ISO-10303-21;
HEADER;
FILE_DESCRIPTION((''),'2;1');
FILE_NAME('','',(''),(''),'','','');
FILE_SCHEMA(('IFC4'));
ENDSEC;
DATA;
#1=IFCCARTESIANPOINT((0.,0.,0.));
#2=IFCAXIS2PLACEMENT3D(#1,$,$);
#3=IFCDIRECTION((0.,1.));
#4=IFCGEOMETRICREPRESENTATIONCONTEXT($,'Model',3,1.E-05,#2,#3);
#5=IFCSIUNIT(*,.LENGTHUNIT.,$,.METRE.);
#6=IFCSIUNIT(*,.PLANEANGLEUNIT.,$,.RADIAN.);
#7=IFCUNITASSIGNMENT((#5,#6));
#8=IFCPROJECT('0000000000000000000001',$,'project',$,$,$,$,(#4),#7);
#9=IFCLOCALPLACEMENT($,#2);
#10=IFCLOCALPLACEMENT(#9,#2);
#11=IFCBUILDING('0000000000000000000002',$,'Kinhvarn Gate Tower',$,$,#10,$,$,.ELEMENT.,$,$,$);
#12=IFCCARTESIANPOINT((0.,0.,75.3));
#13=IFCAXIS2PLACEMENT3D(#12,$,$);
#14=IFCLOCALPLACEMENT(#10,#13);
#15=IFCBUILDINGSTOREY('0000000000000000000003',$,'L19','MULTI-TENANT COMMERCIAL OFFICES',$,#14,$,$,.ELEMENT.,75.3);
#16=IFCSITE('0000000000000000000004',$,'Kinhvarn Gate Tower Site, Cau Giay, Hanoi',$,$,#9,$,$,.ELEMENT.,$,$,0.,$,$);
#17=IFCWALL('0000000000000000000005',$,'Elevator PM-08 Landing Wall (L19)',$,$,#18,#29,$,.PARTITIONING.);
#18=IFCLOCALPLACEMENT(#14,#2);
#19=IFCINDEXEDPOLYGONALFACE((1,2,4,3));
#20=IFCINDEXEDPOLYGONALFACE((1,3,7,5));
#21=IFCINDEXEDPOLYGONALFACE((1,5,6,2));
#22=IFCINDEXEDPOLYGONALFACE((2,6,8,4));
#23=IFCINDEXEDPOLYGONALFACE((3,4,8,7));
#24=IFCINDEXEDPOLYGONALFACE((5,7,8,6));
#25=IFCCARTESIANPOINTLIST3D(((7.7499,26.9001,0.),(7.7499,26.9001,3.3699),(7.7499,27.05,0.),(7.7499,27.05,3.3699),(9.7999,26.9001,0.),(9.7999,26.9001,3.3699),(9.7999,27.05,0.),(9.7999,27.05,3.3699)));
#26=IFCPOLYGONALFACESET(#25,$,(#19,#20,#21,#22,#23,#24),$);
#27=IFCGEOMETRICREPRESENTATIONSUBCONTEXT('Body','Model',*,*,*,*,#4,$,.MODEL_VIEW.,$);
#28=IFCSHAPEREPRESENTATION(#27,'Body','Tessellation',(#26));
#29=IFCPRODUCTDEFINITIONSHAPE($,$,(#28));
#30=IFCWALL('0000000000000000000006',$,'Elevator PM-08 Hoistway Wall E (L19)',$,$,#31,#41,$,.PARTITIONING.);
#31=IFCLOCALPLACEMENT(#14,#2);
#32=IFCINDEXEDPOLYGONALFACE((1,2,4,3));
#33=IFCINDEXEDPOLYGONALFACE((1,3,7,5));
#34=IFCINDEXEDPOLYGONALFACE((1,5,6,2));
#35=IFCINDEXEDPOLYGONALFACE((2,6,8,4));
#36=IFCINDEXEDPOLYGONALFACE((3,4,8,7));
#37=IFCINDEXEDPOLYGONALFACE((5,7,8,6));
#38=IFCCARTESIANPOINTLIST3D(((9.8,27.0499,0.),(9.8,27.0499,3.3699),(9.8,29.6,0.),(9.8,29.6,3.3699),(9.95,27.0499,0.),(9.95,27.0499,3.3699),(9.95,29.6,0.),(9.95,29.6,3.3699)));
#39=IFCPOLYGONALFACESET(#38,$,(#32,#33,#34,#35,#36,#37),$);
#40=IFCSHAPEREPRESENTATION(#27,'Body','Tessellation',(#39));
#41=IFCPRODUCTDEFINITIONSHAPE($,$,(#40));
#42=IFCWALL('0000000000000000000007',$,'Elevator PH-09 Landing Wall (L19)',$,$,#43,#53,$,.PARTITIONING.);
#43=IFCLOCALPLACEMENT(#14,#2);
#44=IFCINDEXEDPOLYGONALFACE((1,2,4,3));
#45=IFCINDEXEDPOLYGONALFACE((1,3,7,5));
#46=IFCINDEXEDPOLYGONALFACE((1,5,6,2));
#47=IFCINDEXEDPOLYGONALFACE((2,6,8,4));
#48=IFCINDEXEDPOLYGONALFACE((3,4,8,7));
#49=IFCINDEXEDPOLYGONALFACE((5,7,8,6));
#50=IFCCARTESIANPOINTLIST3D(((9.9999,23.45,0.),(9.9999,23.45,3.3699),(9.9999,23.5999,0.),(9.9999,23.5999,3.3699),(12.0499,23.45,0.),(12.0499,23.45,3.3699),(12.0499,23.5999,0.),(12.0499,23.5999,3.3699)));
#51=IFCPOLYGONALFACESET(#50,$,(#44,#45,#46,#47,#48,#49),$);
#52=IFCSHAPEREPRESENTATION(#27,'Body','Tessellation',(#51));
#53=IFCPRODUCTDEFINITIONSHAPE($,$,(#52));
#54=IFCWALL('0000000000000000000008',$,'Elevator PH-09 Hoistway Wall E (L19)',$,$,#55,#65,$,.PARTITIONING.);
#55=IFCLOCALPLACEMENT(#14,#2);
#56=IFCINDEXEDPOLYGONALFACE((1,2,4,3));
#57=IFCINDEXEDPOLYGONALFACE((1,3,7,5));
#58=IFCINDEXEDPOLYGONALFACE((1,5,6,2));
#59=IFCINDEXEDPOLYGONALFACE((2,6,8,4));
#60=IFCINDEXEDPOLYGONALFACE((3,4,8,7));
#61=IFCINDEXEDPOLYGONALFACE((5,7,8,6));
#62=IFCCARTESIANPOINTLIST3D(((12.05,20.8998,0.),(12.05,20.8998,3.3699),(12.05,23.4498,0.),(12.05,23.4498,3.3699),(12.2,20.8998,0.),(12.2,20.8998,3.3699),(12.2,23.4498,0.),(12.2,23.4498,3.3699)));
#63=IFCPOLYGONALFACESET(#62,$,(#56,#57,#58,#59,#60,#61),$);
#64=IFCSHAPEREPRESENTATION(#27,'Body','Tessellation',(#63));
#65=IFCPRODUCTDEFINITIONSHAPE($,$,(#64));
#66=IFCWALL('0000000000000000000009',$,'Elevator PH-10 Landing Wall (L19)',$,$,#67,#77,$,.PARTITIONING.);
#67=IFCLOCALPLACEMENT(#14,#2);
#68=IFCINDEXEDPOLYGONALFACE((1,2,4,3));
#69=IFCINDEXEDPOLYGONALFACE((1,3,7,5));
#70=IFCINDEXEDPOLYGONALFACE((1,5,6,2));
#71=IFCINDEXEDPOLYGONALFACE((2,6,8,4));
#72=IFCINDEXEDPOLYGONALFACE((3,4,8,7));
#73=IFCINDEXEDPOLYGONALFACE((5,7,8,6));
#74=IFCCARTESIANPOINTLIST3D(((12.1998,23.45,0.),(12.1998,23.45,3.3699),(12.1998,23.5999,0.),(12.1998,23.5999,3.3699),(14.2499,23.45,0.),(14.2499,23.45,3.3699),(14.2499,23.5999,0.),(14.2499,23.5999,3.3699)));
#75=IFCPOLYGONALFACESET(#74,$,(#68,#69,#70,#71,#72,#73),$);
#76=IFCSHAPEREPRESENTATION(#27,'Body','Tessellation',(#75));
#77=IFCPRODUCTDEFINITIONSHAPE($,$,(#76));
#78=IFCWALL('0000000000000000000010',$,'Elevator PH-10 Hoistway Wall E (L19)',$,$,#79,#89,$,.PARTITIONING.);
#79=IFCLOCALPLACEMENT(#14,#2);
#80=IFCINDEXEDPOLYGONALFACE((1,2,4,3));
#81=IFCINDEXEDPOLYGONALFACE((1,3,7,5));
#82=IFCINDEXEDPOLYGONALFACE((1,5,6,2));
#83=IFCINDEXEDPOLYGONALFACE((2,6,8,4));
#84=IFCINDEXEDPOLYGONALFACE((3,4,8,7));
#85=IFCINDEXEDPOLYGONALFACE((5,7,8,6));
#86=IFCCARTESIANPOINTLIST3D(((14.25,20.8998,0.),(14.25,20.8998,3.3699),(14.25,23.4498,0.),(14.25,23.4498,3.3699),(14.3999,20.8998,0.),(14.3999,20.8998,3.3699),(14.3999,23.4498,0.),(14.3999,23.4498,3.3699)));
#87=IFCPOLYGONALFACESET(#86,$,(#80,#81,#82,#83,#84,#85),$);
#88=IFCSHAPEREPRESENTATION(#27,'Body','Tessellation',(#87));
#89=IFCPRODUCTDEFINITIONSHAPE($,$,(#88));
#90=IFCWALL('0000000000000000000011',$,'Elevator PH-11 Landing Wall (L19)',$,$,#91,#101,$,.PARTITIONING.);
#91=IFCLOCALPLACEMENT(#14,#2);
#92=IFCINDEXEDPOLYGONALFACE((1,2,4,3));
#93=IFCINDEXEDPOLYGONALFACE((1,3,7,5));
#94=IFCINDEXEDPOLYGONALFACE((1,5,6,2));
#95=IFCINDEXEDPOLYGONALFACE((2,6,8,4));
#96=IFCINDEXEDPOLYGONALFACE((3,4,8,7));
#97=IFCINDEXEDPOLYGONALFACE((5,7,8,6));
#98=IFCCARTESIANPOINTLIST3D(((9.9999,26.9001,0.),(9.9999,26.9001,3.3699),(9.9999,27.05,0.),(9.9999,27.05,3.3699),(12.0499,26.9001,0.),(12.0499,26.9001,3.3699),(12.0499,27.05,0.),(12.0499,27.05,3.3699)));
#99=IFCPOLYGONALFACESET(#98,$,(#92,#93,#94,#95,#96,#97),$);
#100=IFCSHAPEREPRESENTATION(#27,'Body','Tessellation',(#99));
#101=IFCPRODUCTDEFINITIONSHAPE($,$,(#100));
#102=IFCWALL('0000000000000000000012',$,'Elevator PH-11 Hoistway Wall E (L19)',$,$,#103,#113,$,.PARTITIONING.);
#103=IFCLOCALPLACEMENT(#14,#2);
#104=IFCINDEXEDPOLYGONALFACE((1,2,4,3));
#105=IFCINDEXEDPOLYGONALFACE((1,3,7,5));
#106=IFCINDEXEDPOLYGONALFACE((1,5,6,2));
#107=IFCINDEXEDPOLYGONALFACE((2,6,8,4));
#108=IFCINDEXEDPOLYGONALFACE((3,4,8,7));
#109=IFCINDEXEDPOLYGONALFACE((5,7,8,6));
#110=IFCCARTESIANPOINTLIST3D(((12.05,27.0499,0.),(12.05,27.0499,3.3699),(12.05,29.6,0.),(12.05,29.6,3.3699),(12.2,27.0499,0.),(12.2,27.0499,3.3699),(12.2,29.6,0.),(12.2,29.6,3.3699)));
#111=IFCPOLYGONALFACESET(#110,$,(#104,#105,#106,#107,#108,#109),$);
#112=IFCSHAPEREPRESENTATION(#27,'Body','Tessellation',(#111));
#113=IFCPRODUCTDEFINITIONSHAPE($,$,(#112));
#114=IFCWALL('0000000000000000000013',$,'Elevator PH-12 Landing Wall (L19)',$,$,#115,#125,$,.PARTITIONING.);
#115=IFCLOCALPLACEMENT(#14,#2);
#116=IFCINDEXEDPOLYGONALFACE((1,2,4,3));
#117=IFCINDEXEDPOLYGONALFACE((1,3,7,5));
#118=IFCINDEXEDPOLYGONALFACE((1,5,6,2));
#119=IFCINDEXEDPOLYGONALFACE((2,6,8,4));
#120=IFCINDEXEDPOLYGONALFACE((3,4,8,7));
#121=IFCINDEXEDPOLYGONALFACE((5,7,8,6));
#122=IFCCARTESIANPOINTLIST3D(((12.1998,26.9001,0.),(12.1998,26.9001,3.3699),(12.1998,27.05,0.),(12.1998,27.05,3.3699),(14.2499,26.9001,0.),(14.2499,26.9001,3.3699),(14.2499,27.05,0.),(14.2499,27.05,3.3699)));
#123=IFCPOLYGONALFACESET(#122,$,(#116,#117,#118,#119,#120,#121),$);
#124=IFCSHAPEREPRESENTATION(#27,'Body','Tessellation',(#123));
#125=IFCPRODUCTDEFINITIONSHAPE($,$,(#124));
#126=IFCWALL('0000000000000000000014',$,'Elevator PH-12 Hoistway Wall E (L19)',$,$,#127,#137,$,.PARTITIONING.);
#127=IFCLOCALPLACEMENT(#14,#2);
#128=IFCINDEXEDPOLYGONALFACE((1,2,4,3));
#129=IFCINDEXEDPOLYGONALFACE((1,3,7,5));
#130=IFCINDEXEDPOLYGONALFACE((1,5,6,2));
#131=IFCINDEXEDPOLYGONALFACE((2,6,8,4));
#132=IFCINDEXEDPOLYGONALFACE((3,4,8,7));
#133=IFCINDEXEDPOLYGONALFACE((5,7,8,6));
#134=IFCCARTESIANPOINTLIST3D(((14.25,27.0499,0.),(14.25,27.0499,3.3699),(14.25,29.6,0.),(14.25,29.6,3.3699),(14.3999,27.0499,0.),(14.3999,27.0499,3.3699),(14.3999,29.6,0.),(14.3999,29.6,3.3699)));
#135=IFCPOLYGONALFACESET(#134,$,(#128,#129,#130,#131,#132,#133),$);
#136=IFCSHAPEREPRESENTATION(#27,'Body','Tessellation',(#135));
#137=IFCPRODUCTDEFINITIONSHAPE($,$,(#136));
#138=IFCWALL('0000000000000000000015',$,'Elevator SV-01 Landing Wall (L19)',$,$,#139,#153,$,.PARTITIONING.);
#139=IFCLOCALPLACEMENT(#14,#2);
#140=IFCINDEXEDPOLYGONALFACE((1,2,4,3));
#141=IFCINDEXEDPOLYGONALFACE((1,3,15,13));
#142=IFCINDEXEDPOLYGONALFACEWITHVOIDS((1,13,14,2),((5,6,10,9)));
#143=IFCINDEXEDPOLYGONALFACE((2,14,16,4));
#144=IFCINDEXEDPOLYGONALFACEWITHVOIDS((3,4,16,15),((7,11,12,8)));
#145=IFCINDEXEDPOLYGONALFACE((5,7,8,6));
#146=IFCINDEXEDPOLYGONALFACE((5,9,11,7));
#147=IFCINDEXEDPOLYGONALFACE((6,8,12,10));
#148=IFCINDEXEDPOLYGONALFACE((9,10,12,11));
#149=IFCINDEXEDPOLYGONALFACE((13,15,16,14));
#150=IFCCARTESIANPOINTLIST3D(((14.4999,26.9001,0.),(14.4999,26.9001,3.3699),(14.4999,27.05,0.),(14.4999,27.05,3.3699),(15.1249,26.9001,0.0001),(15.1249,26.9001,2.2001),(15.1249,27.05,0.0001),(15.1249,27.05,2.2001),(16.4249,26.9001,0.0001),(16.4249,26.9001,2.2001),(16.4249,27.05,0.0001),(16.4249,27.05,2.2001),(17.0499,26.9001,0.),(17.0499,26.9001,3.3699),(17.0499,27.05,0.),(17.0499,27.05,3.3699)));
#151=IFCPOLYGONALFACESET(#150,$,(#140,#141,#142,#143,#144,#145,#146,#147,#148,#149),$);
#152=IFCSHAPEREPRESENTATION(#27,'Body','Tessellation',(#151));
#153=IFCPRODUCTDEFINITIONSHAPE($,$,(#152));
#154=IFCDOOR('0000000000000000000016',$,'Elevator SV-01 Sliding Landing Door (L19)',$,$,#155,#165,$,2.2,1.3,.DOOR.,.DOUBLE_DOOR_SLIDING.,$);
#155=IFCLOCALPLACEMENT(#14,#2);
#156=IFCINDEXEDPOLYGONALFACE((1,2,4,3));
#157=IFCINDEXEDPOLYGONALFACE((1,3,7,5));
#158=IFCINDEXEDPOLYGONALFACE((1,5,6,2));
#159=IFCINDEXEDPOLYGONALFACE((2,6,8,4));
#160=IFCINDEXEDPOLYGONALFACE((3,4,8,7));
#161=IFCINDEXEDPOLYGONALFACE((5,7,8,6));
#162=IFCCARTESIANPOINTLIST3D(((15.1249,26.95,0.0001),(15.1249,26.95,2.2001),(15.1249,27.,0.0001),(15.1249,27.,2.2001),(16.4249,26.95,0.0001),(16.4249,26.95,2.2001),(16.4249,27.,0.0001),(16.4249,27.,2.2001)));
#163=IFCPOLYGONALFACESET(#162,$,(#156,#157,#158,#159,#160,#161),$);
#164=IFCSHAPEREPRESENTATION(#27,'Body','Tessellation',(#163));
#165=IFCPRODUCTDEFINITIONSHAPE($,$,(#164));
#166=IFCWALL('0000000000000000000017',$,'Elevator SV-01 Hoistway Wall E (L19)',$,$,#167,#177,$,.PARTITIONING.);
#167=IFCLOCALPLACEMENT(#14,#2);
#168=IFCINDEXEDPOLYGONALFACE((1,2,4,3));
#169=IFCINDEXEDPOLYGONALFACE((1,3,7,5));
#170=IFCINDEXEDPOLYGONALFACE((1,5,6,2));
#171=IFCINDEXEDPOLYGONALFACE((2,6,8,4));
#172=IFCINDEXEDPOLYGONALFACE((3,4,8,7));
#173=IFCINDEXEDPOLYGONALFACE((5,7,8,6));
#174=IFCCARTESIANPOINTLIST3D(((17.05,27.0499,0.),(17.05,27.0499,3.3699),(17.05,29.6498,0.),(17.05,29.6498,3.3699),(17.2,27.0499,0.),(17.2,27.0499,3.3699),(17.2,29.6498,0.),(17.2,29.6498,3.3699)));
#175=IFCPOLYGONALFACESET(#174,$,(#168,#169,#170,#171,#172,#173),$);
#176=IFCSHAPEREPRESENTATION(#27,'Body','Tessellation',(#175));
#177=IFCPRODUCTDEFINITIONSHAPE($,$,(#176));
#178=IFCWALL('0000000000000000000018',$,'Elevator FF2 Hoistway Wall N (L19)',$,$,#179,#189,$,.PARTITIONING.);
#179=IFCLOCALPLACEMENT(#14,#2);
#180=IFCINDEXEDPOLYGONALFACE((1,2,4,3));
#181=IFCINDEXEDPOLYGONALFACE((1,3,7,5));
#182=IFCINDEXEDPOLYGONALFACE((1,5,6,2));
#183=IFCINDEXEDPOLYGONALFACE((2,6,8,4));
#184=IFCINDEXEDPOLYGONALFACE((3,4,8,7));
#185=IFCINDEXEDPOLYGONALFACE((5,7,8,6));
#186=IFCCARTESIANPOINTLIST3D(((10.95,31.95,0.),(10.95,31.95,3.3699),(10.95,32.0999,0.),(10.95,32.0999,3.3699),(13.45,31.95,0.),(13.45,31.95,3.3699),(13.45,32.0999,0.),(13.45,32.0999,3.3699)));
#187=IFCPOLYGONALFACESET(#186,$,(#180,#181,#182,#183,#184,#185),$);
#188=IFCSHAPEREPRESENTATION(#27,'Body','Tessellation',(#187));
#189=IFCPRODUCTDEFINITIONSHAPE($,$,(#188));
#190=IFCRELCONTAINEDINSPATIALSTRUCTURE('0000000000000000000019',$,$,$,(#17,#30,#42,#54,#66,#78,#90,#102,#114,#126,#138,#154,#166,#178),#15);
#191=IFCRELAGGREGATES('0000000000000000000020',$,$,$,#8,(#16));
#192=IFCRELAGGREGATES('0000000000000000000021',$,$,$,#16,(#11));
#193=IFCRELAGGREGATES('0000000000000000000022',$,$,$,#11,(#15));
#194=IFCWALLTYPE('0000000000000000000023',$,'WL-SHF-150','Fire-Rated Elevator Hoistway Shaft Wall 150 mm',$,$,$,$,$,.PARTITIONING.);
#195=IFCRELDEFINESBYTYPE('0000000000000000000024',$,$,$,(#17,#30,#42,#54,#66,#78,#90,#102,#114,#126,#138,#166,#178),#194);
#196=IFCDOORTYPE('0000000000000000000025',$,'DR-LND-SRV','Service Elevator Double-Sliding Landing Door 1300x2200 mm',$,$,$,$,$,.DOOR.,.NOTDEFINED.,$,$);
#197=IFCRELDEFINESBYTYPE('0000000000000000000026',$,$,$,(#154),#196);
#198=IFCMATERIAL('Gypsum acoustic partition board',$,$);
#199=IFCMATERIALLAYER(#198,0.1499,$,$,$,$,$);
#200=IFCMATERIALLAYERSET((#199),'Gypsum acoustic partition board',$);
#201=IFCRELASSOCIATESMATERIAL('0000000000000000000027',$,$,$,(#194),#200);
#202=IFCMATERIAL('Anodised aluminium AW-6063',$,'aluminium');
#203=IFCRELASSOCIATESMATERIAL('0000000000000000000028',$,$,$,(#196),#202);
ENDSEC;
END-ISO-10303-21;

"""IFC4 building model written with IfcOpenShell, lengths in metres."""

from ifc_helpers import new_model, si_unit, direction, frame, frame_2d, origin, place, context, subcontext, project, spatial, rectangle, extrude, material, layer, layer_set, type_object, element, fill, save


model = new_model("IFC4")

# Units and contexts
model_context = context("Model", 3, precision=1e-05, world=origin(), true_north=direction((0.0, 1.0)))
body_context = subcontext(model_context, "Body", "Model", "MODEL_VIEW")
ifc_project = project(units=[si_unit("LENGTHUNIT", "METRE"), si_unit("PLANEANGLEUNIT", "RADIAN")], contexts=[model_context])

# Site, building, storey
site_placement = place(None, origin())
site = spatial("IfcSite", under=ifc_project, at=site_placement, Name="Kinhvarn Gate Tower Site, Cau Giay, Hanoi", CompositionType="ELEMENT", RefElevation=0.0)
building_placement = place(site_placement, origin())
building = spatial("IfcBuilding", under=site, at=building_placement, Name="Kinhvarn Gate Tower", CompositionType="ELEMENT")
storey_placement = place(building_placement, frame((0.0, 0.0, 75.3)))
storey = spatial("IfcBuildingStorey", under=building, at=storey_placement, Name="L19", Description="MULTI-TENANT COMMERCIAL OFFICES", CompositionType="ELEMENT", Elevation=75.3)

# Shared definitions
ifc_material_1 = material(Name="Anodised aluminium AW-6063", Category="aluminium")
ifc_material_2 = material(Name="Gypsum acoustic partition board")

# Walls
ifc_layer_1 = layer(ifc_material_2, 0.1499)
ifc_layer_set_1 = layer_set([ifc_layer_1], Name="Gypsum acoustic partition board")
wall_type_1 = type_object("IfcWallType", Name="WL-SHF-150", Description="Fire-Rated Elevator Hoistway Shaft Wall 150 mm", PredefinedType="PARTITIONING", material=ifc_layer_set_1)
wall_1_placement = place(storey_placement, frame((7.75, 26.9751, 0.0), z_axis=(0.0, 0.0, 1.0), x_axis=(1.0, 0.0, 0.0)))
element("IfcWall", 1, at=wall_1_placement, inside=storey, type_object=wall_type_1, Name="Elevator PM-08 Landing Wall (L19)", PredefinedType="PARTITIONING", context=body_context, shape_type="SweptSolid", body=[
    extrude(rectangle(XDim=2.05, YDim=0.1499, at=frame_2d((1.0249, 0.0))), origin(), (0.0, 0.0, 1.0), 3.3699),
])
wall_2_placement = place(storey_placement, frame((9.875, 27.05, 0.0), z_axis=(0.0, 0.0, 1.0), x_axis=(0.0, 1.0, 0.0)))
element("IfcWall", 2, at=wall_2_placement, inside=storey, type_object=wall_type_1, Name="Elevator PM-08 Hoistway Wall E (L19)", PredefinedType="PARTITIONING", context=body_context, shape_type="SweptSolid", body=[
    extrude(rectangle(XDim=2.55, YDim=0.1499, at=frame_2d((1.2749, 0.0))), origin(), (0.0, 0.0, 1.0), 3.3699),
])
wall_3_placement = place(storey_placement, frame((10.0, 23.5249, 0.0), z_axis=(0.0, 0.0, 1.0), x_axis=(1.0, 0.0, 0.0)))
element("IfcWall", 3, at=wall_3_placement, inside=storey, type_object=wall_type_1, Name="Elevator PH-09 Landing Wall (L19)", PredefinedType="PARTITIONING", context=body_context, shape_type="SweptSolid", body=[
    extrude(rectangle(XDim=2.05, YDim=0.1499, at=frame_2d((1.0249, 0.0))), origin(), (0.0, 0.0, 1.0), 3.3699),
])
wall_4_placement = place(storey_placement, frame((12.125, 20.8999, 0.0), z_axis=(0.0, 0.0, 1.0), x_axis=(0.0, 1.0, 0.0)))
element("IfcWall", 4, at=wall_4_placement, inside=storey, type_object=wall_type_1, Name="Elevator PH-09 Hoistway Wall E (L19)", PredefinedType="PARTITIONING", context=body_context, shape_type="SweptSolid", body=[
    extrude(rectangle(XDim=2.55, YDim=0.1499, at=frame_2d((1.2749, 0.0))), origin(), (0.0, 0.0, 1.0), 3.3699),
])
wall_5_placement = place(storey_placement, frame((12.2, 23.5249, 0.0), z_axis=(0.0, 0.0, 1.0), x_axis=(1.0, 0.0, 0.0)))
element("IfcWall", 5, at=wall_5_placement, inside=storey, type_object=wall_type_1, Name="Elevator PH-10 Landing Wall (L19)", PredefinedType="PARTITIONING", context=body_context, shape_type="SweptSolid", body=[
    extrude(rectangle(XDim=2.05, YDim=0.1499, at=frame_2d((1.0249, 0.0))), origin(), (0.0, 0.0, 1.0), 3.3699),
])
wall_6_placement = place(storey_placement, frame((14.325, 20.8999, 0.0), z_axis=(0.0, 0.0, 1.0), x_axis=(0.0, 1.0, 0.0)))
element("IfcWall", 6, at=wall_6_placement, inside=storey, type_object=wall_type_1, Name="Elevator PH-10 Hoistway Wall E (L19)", PredefinedType="PARTITIONING", context=body_context, shape_type="SweptSolid", body=[
    extrude(rectangle(XDim=2.55, YDim=0.1499, at=frame_2d((1.2749, 0.0))), origin(), (0.0, 0.0, 1.0), 3.3699),
])
wall_7_placement = place(storey_placement, frame((10.0, 26.9751, 0.0), z_axis=(0.0, 0.0, 1.0), x_axis=(1.0, 0.0, 0.0)))
element("IfcWall", 7, at=wall_7_placement, inside=storey, type_object=wall_type_1, Name="Elevator PH-11 Landing Wall (L19)", PredefinedType="PARTITIONING", context=body_context, shape_type="SweptSolid", body=[
    extrude(rectangle(XDim=2.05, YDim=0.1499, at=frame_2d((1.0249, 0.0))), origin(), (0.0, 0.0, 1.0), 3.3699),
])
wall_8_placement = place(storey_placement, frame((12.125, 27.05, 0.0), z_axis=(0.0, 0.0, 1.0), x_axis=(0.0, 1.0, 0.0)))
element("IfcWall", 8, at=wall_8_placement, inside=storey, type_object=wall_type_1, Name="Elevator PH-11 Hoistway Wall E (L19)", PredefinedType="PARTITIONING", context=body_context, shape_type="SweptSolid", body=[
    extrude(rectangle(XDim=2.55, YDim=0.1499, at=frame_2d((1.2749, 0.0))), origin(), (0.0, 0.0, 1.0), 3.3699),
])
wall_9_placement = place(storey_placement, frame((12.2, 26.9751, 0.0), z_axis=(0.0, 0.0, 1.0), x_axis=(1.0, 0.0, 0.0)))
element("IfcWall", 9, at=wall_9_placement, inside=storey, type_object=wall_type_1, Name="Elevator PH-12 Landing Wall (L19)", PredefinedType="PARTITIONING", context=body_context, shape_type="SweptSolid", body=[
    extrude(rectangle(XDim=2.05, YDim=0.1499, at=frame_2d((1.0249, 0.0))), origin(), (0.0, 0.0, 1.0), 3.3699),
])
wall_10_placement = place(storey_placement, frame((14.325, 27.05, 0.0), z_axis=(0.0, 0.0, 1.0), x_axis=(0.0, 1.0, 0.0)))
element("IfcWall", 10, at=wall_10_placement, inside=storey, type_object=wall_type_1, Name="Elevator PH-12 Hoistway Wall E (L19)", PredefinedType="PARTITIONING", context=body_context, shape_type="SweptSolid", body=[
    extrude(rectangle(XDim=2.55, YDim=0.1499, at=frame_2d((1.2749, 0.0))), origin(), (0.0, 0.0, 1.0), 3.3699),
])

# Wall, opening, door
wall_11_placement = place(storey_placement, frame((14.5, 26.9751, 0.0), z_axis=(0.0, 0.0, 1.0), x_axis=(1.0, 0.0, 0.0)))
wall_11 = element("IfcWall", 11, at=wall_11_placement, inside=storey, type_object=wall_type_1, Name="Elevator SV-01 Landing Wall (L19)", PredefinedType="PARTITIONING", context=body_context, shape_type="SweptSolid", body=[
    extrude(rectangle(XDim=2.55, YDim=0.1499, at=frame_2d((1.2749, 0.0))), origin(), (0.0, 0.0, 1.0), 3.3699),
])
opening_1_placement = place(wall_11_placement, frame((0.625, 0.0, 0.0)))
opening_1 = element("IfcOpeningElement", 12, at=opening_1_placement, cuts=wall_11, PredefinedType="OPENING", context=body_context, shape_type="SweptSolid", body=[
    extrude(rectangle(XDim=1.3, YDim=2.2, at=frame_2d((0.6499, 1.1001))), frame((0.0, 0.085, 0.0), z_axis=(0.0, -1.0, 0.0), x_axis=(1.0, 0.0, 0.0)), (0.0, 0.0, 1.0), 0.1699),
])
door_type_1 = type_object("IfcDoorType", Name="DR-LND-SRV", Description="Service Elevator Double-Sliding Landing Door 1300x2200 mm", OperationType="NOTDEFINED", PredefinedType="DOOR", material=ifc_material_1)
door_1_placement = place(opening_1_placement, origin())
door_1 = element("IfcDoor", 13, at=door_1_placement, inside=storey, type_object=door_type_1, Name="Elevator SV-01 Sliding Landing Door (L19)", OperationType="DOUBLE_DOOR_SLIDING", OverallHeight=2.2, OverallWidth=1.3, PredefinedType="DOOR", context=body_context, shape_type="SweptSolid", body=[
    extrude(rectangle(XDim=1.3, YDim=2.2, at=frame_2d((0.6499, 1.1001))), frame((0.0, 0.0249, 0.0), z_axis=(0.0, -1.0, 0.0), x_axis=(1.0, 0.0, 0.0)), (0.0, 0.0, 1.0), 0.05),
])
fill(opening_1, door_1)

# Walls
wall_12_placement = place(storey_placement, frame((17.125, 27.05, 0.0), z_axis=(0.0, 0.0, 1.0), x_axis=(0.0, 1.0, 0.0)))
element("IfcWall", 14, at=wall_12_placement, inside=storey, type_object=wall_type_1, Name="Elevator SV-01 Hoistway Wall E (L19)", PredefinedType="PARTITIONING", context=body_context, shape_type="SweptSolid", body=[
    extrude(rectangle(XDim=2.5999, YDim=0.1499, at=frame_2d((1.2998, 0.0))), origin(), (0.0, 0.0, 1.0), 3.3699),
])
wall_13_placement = place(storey_placement, frame((10.95, 32.0249, 0.0), z_axis=(0.0, 0.0, 1.0), x_axis=(1.0, 0.0, 0.0)))
element("IfcWall", 15, at=wall_13_placement, inside=storey, type_object=wall_type_1, Name="Elevator FF2 Hoistway Wall N (L19)", PredefinedType="PARTITIONING", context=body_context, shape_type="SweptSolid", body=[
    extrude(rectangle(XDim=2.5, YDim=0.1499, at=frame_2d((1.25, 0.0))), origin(), (0.0, 0.0, 1.0), 3.3699),
])

save(model, "model.ifc")
